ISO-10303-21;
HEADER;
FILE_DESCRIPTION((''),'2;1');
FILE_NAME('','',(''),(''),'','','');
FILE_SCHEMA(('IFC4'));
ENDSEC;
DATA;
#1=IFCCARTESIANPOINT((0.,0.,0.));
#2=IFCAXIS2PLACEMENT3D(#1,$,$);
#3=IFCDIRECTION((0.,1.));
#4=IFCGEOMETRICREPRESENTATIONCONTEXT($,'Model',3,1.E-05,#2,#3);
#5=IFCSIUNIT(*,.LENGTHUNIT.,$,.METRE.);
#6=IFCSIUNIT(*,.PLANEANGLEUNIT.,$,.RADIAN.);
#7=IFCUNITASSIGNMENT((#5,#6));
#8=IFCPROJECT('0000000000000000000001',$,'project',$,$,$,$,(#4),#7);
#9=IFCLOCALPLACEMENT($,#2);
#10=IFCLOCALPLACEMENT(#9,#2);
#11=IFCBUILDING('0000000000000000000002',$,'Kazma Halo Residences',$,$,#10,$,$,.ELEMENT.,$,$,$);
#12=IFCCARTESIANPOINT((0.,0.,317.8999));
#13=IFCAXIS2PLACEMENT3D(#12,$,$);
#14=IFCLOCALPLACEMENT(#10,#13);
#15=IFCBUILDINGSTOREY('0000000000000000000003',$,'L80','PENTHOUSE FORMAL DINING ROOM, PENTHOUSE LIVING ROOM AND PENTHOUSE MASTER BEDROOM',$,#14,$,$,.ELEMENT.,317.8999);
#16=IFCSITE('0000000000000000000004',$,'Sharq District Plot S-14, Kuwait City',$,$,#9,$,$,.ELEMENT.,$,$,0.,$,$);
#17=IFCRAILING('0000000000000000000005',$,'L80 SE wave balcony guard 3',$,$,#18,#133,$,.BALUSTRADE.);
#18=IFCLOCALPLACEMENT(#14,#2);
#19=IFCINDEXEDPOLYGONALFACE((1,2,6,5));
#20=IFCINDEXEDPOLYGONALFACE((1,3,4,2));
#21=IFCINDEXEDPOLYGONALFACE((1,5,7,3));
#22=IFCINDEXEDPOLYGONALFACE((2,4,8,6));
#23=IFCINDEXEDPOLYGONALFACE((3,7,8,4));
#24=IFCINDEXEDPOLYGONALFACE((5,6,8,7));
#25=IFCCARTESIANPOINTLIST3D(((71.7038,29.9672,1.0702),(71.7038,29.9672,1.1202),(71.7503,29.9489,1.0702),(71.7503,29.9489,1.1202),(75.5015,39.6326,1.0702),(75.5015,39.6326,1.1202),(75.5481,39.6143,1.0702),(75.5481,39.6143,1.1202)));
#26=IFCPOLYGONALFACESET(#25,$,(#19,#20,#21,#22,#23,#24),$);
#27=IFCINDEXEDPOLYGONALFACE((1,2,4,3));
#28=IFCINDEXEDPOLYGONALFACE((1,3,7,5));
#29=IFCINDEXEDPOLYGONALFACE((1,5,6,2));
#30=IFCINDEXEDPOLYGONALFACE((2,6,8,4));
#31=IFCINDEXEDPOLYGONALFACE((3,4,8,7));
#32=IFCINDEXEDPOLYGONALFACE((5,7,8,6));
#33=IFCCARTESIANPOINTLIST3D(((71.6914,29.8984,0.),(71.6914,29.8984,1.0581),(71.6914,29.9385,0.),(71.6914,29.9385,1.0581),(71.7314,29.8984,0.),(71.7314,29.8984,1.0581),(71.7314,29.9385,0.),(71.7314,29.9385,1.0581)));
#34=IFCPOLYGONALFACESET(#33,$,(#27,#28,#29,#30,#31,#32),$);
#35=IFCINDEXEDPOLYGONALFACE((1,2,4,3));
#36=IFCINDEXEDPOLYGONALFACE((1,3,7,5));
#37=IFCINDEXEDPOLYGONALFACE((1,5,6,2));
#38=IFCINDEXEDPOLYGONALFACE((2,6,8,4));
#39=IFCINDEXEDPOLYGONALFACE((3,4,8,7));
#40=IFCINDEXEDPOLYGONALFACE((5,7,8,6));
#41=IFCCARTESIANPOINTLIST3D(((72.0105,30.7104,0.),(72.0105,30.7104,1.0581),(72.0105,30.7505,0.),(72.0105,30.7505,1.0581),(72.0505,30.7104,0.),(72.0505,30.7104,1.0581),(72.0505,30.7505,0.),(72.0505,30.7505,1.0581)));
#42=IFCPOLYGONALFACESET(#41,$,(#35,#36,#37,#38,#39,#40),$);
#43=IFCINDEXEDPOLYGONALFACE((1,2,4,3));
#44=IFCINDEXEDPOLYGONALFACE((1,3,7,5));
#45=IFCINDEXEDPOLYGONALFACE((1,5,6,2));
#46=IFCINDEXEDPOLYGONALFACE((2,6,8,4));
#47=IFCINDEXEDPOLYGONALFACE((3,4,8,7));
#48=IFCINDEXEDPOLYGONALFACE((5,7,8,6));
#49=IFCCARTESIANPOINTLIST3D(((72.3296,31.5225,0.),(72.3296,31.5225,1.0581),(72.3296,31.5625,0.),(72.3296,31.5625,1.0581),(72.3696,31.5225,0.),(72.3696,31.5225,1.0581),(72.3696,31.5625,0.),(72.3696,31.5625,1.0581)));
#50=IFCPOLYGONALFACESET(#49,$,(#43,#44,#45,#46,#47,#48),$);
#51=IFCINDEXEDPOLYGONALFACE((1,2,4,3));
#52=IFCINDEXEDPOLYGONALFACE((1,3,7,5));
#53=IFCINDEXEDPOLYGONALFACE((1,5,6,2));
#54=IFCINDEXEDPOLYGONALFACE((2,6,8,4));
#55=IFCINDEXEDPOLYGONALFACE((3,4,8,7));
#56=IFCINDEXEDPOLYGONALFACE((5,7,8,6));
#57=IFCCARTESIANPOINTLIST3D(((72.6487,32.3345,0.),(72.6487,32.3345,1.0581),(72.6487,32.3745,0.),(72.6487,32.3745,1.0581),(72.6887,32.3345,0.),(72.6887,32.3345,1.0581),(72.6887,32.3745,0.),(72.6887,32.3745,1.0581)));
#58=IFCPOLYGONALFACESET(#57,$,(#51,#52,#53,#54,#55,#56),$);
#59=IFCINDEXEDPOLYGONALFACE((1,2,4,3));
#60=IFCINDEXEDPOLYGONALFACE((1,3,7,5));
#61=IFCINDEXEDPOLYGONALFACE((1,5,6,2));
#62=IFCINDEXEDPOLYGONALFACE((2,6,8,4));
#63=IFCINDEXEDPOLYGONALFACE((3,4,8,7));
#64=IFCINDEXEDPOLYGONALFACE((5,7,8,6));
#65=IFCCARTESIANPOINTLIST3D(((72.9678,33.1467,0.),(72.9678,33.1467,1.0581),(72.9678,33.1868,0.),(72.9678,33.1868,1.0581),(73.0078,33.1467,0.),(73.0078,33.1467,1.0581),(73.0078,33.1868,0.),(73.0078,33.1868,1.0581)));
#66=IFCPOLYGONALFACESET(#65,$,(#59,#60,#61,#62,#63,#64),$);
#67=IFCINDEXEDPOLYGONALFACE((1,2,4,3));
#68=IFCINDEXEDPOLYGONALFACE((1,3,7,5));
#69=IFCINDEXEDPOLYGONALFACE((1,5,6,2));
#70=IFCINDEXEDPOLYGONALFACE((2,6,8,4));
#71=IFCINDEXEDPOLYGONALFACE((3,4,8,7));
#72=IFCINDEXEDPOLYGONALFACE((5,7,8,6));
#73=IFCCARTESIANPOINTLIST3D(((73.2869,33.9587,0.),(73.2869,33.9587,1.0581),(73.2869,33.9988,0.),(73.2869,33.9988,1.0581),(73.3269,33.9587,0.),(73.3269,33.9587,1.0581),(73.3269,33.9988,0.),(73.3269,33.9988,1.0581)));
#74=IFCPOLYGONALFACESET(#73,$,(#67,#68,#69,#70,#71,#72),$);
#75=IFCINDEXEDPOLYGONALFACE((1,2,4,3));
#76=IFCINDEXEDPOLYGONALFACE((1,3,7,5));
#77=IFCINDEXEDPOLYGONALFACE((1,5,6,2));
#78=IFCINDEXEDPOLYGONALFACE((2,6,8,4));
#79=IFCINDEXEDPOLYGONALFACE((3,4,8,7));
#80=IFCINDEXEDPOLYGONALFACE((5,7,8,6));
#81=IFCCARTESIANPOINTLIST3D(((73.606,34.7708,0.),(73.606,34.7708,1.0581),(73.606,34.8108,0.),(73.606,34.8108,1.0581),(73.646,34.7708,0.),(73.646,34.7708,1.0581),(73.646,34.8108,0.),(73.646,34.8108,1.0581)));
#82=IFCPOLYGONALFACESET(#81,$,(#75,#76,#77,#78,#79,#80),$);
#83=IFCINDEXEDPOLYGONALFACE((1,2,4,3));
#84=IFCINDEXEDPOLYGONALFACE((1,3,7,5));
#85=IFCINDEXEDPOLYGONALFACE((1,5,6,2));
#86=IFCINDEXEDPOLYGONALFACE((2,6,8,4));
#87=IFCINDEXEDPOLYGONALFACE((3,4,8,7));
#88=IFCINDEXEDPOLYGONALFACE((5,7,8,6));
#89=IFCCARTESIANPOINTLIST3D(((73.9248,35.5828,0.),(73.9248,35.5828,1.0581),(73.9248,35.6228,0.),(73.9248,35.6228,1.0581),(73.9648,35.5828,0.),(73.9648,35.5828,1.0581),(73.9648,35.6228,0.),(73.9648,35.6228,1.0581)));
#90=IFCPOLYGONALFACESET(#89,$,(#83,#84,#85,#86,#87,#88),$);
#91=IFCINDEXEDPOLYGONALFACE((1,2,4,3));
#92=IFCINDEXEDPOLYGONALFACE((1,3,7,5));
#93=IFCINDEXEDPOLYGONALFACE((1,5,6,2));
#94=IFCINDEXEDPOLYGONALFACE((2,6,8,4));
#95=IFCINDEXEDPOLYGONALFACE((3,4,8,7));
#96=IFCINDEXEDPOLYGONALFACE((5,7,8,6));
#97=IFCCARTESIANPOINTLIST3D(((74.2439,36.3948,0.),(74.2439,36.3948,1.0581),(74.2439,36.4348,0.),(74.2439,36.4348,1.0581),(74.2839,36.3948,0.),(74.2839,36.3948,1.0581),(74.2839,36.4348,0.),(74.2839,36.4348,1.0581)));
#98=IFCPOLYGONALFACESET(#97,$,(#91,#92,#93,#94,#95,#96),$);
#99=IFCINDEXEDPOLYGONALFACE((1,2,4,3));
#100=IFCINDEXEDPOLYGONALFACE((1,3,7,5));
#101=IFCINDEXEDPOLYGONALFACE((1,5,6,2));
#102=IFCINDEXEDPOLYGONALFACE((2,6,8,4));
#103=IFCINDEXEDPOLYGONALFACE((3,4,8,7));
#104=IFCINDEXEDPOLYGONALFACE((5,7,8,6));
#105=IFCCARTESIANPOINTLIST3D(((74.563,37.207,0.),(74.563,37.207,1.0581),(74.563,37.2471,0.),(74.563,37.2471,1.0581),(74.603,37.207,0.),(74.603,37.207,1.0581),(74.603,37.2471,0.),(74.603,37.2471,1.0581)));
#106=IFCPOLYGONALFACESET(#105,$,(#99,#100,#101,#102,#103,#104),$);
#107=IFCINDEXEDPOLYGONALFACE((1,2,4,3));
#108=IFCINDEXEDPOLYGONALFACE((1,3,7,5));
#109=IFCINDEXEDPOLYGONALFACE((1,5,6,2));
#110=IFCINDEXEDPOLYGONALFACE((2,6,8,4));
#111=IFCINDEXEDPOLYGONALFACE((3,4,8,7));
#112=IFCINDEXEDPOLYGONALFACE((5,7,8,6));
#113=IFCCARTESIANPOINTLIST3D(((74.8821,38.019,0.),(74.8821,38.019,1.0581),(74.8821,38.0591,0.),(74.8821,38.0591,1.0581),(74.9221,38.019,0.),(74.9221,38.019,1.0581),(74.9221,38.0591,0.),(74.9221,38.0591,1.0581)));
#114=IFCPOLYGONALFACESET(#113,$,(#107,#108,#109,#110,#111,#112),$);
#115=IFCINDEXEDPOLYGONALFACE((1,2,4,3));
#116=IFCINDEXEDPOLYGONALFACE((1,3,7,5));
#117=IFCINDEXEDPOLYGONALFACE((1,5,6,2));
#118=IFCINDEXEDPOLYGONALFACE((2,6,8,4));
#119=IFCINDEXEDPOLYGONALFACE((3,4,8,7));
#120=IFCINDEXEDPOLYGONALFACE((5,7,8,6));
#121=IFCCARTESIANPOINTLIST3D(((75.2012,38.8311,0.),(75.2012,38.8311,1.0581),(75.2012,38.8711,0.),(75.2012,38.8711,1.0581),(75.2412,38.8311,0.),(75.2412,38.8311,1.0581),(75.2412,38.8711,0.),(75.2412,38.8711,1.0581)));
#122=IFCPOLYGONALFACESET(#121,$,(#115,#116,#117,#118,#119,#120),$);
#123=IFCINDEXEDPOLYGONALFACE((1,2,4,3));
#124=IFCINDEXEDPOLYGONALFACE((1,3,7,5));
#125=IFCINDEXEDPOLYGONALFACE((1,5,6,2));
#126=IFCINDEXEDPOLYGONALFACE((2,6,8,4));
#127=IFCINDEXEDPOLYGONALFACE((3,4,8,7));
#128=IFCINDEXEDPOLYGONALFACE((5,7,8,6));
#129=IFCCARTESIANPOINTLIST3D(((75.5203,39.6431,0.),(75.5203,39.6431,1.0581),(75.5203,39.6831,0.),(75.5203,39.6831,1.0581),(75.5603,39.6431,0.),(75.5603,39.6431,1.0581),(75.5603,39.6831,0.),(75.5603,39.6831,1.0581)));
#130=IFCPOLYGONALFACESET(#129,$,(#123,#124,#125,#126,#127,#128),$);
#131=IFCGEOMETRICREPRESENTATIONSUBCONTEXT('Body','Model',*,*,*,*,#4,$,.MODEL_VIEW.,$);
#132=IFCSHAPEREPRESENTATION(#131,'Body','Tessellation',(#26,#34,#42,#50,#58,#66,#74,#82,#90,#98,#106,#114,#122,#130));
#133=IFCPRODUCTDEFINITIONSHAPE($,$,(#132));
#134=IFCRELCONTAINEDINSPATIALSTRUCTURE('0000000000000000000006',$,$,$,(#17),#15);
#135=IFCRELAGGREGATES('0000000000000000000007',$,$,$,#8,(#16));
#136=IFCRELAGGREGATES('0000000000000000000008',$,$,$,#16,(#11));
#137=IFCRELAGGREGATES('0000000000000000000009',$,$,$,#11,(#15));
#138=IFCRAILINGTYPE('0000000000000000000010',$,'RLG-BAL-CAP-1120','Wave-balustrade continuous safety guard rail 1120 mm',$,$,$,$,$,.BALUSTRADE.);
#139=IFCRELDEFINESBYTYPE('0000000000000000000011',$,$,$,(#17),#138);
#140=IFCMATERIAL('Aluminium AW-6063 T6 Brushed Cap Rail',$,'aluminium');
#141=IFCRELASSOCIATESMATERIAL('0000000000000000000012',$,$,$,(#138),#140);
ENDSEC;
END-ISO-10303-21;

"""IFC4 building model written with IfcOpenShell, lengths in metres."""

from ifc_helpers import new_model, si_unit, direction, frame, origin, origin_2d, place, context, subcontext, project, spatial, rectangle, extrude, material, type_object, element, save


model = new_model("IFC4")

# Units and contexts
model_context = context("Model", 3, precision=1e-05, world=origin(), true_north=direction((0.0, 1.0)))
body_context = subcontext(model_context, "Body", "Model", "MODEL_VIEW")
ifc_project = project(units=[si_unit("LENGTHUNIT", "METRE"), si_unit("PLANEANGLEUNIT", "RADIAN")], contexts=[model_context])

# Site, building, storey
site_placement = place(None, origin())
site = spatial("IfcSite", under=ifc_project, at=site_placement, Name="Sharq District Plot S-14, Kuwait City", CompositionType="ELEMENT", RefElevation=0.0)
building_placement = place(site_placement, origin())
building = spatial("IfcBuilding", under=site, at=building_placement, Name="Kazma Halo Residences", CompositionType="ELEMENT")
storey_placement = place(building_placement, frame((0.0, 0.0, 317.8999)))
storey = spatial("IfcBuildingStorey", under=building, at=storey_placement, Name="L80", Description="PENTHOUSE FORMAL DINING ROOM, PENTHOUSE LIVING ROOM AND PENTHOUSE MASTER BEDROOM", CompositionType="ELEMENT", Elevation=317.8999)

# Railing
ifc_material_1 = material(Name="Aluminium AW-6063 T6 Brushed Cap Rail", Category="aluminium")
railing_type = type_object("IfcRailingType", Name="RLG-BAL-CAP-1120", Description="Wave-balustrade continuous safety guard rail 1120 mm", PredefinedType="BALUSTRADE", material=ifc_material_1)
railing_1_placement = place(storey_placement, frame((71.7114, 29.9185, 0.0)))
element("IfcRailing", 1, at=railing_1_placement, inside=storey, type_object=railing_type, Name="L80 SE wave balcony guard 3", PredefinedType="BALUSTRADE", context=body_context, shape_type="SweptSolid", body=[
    extrude(rectangle(XDim=0.05, YDim=0.05, at=origin_2d()), frame((0.0156, 0.0396, 1.0952), z_axis=(0.365703, 0.930732, 0.0), x_axis=(-0.930732, 0.365703, 0.0)), (0.0, 0.0, 1.0), 10.3848),
    extrude(rectangle(XDim=0.04, YDim=0.04, at=origin_2d()), origin(), (0.0, 0.0, 1.0), 1.0581),
    extrude(rectangle(XDim=0.04, YDim=0.04, at=origin_2d()), frame((0.3191, 0.812, 0.0)), (0.0, 0.0, 1.0), 1.0581),
    extrude(rectangle(XDim=0.04, YDim=0.04, at=origin_2d()), frame((0.6382, 1.624, 0.0)), (0.0, 0.0, 1.0), 1.0581),
    extrude(rectangle(XDim=0.04, YDim=0.04, at=origin_2d()), frame((0.9573, 2.436, 0.0)), (0.0, 0.0, 1.0), 1.0581),
    extrude(rectangle(XDim=0.04, YDim=0.04, at=origin_2d()), frame((1.2764, 3.2483, 0.0)), (0.0, 0.0, 1.0), 1.0581),
    extrude(rectangle(XDim=0.04, YDim=0.04, at=origin_2d()), frame((1.5955, 4.0603, 0.0)), (0.0, 0.0, 1.0), 1.0581),
    extrude(rectangle(XDim=0.04, YDim=0.04, at=origin_2d()), frame((1.9146, 4.8723, 0.0)), (0.0, 0.0, 1.0), 1.0581),
    extrude(rectangle(XDim=0.04, YDim=0.04, at=origin_2d()), frame((2.2334, 5.6843, 0.0)), (0.0, 0.0, 1.0), 1.0581),
    extrude(rectangle(XDim=0.04, YDim=0.04, at=origin_2d()), frame((2.5525, 6.4963, 0.0)), (0.0, 0.0, 1.0), 1.0581),
    extrude(rectangle(XDim=0.04, YDim=0.04, at=origin_2d()), frame((2.8716, 7.3086, 0.0)), (0.0, 0.0, 1.0), 1.0581),
    extrude(rectangle(XDim=0.04, YDim=0.04, at=origin_2d()), frame((3.1907, 8.1206, 0.0)), (0.0, 0.0, 1.0), 1.0581),
    extrude(rectangle(XDim=0.04, YDim=0.04, at=origin_2d()), frame((3.5098, 8.9326, 0.0)), (0.0, 0.0, 1.0), 1.0581),
    extrude(rectangle(XDim=0.04, YDim=0.04, at=origin_2d()), frame((3.8289, 9.7446, 0.0)), (0.0, 0.0, 1.0), 1.0581),
])

save(model, "model.ifc")
